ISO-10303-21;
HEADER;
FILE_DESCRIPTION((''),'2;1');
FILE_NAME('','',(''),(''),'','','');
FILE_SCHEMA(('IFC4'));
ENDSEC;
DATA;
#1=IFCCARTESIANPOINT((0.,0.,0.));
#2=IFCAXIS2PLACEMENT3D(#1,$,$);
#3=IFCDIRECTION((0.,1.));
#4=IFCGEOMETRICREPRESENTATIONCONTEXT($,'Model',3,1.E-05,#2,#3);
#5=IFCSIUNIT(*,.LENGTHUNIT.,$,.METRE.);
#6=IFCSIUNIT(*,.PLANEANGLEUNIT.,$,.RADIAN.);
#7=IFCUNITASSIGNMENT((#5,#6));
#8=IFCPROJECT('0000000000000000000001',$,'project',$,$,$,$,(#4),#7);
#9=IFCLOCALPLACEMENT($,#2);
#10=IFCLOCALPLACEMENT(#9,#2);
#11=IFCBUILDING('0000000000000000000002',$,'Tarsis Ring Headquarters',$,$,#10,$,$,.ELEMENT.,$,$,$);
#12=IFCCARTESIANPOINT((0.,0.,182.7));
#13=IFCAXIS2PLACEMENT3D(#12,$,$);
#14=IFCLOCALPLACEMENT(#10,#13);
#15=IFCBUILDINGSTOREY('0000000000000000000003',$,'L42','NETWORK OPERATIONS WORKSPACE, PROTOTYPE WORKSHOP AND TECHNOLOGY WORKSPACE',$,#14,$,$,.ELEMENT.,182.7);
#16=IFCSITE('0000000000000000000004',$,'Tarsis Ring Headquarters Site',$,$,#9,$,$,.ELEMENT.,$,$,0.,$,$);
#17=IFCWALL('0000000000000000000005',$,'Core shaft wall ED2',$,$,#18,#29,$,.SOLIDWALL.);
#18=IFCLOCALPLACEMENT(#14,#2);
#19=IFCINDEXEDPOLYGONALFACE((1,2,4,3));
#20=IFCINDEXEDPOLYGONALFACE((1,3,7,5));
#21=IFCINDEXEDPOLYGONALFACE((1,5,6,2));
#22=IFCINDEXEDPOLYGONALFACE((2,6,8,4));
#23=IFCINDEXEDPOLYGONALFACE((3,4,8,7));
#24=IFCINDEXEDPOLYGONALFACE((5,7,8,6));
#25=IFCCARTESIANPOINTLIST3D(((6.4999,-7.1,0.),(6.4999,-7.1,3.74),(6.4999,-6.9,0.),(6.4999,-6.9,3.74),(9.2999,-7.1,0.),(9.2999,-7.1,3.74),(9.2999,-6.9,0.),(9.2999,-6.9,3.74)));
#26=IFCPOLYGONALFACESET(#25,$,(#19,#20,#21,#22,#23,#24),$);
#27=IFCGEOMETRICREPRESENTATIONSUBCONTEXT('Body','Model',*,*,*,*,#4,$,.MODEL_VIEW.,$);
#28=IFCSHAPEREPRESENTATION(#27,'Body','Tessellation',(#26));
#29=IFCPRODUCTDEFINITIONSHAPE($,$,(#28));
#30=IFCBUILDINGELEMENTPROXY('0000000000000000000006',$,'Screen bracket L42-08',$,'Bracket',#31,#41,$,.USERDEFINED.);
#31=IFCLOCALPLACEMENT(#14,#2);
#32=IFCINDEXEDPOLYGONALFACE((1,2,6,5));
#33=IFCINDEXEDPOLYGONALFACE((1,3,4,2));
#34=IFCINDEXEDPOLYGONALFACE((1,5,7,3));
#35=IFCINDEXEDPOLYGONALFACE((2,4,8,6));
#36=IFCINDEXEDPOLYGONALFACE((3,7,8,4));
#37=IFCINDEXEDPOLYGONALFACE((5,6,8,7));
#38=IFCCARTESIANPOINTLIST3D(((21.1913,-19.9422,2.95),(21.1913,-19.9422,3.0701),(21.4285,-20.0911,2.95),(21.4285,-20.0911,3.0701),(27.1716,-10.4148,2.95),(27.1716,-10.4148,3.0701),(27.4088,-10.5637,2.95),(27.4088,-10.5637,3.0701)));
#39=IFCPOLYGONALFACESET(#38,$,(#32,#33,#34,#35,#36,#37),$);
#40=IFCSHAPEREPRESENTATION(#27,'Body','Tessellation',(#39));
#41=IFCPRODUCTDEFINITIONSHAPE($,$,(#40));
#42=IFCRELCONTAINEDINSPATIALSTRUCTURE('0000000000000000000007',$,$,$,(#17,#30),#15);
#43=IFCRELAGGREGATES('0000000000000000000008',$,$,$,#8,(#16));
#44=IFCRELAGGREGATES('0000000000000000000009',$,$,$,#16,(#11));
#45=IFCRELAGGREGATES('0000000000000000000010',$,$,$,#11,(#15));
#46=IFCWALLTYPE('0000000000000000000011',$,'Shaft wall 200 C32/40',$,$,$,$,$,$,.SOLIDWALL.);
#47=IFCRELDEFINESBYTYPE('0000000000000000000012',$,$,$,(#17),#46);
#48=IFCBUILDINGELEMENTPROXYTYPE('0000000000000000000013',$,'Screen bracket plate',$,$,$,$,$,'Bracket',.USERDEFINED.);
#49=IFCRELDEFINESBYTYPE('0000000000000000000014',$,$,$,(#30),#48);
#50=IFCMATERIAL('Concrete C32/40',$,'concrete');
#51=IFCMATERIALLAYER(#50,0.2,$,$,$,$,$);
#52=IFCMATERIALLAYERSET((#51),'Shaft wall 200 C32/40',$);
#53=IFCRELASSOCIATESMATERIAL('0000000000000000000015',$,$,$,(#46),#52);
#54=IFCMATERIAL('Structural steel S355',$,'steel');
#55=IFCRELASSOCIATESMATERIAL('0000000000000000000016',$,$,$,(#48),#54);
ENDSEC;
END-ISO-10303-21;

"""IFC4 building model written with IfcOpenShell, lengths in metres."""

from ifc_helpers import new_model, si_unit, direction, frame, frame_2d, origin, origin_2d, place, context, subcontext, project, spatial, rectangle, extrude, material, layer, layer_set, type_object, element, save


model = new_model("IFC4")

# Units and contexts
model_context = context("Model", 3, precision=1e-05, world=origin(), true_north=direction((0.0, 1.0)))
body_context = subcontext(model_context, "Body", "Model", "MODEL_VIEW")
ifc_project = project(units=[si_unit("LENGTHUNIT", "METRE"), si_unit("PLANEANGLEUNIT", "RADIAN")], contexts=[model_context])

# Site, building, storey
site_placement = place(None, origin())
site = spatial("IfcSite", under=ifc_project, at=site_placement, Name="Tarsis Ring Headquarters Site", CompositionType="ELEMENT", RefElevation=0.0)
building_placement = place(site_placement, origin())
building = spatial("IfcBuilding", under=site, at=building_placement, Name="Tarsis Ring Headquarters", CompositionType="ELEMENT")
storey_placement = place(building_placement, frame((0.0, 0.0, 182.7)))
storey = spatial("IfcBuildingStorey", under=building, at=storey_placement, Name="L42", Description="NETWORK OPERATIONS WORKSPACE, PROTOTYPE WORKSHOP AND TECHNOLOGY WORKSPACE", CompositionType="ELEMENT", Elevation=182.7)

# Shared definitions
ifc_material_1 = material(Name="Structural steel S355", Category="steel")

# Wall
ifc_material_2 = material(Name="Concrete C32/40", Category="concrete")
ifc_layer_1 = layer(ifc_material_2, 0.2)
ifc_layer_set_1 = layer_set([ifc_layer_1], Name="Shaft wall 200 C32/40")
wall_type_1 = type_object("IfcWallType", Name="Shaft wall 200 C32/40", PredefinedType="SOLIDWALL", material=ifc_layer_set_1)
wall_1_placement = place(storey_placement, frame((6.5, -7.0, 0.0), z_axis=(0.0, 0.0, 1.0), x_axis=(1.0, 0.0, 0.0)))
element("IfcWall", 1, at=wall_1_placement, inside=storey, type_object=wall_type_1, Name="Core shaft wall ED2", PredefinedType="SOLIDWALL", context=body_context, shape_type="SweptSolid", body=[
    extrude(rectangle(XDim=2.8, YDim=0.2, at=frame_2d((1.3999, 0.0))), origin(), (0.0, 0.0, 1.0), 3.74),
])

# Building element proxy
building_element_proxy_type = type_object("IfcBuildingElementProxyType", Name="Screen bracket plate", ElementType="Bracket", PredefinedType="USERDEFINED", material=ifc_material_1)
proxy_placement = place(storey_placement, frame((24.3, -15.2529, 2.95), z_axis=(0.0, 0.0, 1.0), x_axis=(0.531638, 0.846971, 0.0)))
element("IfcBuildingElementProxy", 2, at=proxy_placement, inside=storey, type_object=building_element_proxy_type, Name="Screen bracket L42-08", ObjectType="Bracket", PredefinedType="USERDEFINED", context=body_context, shape_type="SweptSolid", body=[
    extrude(rectangle(XDim=11.2488, YDim=0.28, at=origin_2d()), origin(), (0.0, 0.0, 1.0), 0.1201),
])

save(model, "model.ifc")
